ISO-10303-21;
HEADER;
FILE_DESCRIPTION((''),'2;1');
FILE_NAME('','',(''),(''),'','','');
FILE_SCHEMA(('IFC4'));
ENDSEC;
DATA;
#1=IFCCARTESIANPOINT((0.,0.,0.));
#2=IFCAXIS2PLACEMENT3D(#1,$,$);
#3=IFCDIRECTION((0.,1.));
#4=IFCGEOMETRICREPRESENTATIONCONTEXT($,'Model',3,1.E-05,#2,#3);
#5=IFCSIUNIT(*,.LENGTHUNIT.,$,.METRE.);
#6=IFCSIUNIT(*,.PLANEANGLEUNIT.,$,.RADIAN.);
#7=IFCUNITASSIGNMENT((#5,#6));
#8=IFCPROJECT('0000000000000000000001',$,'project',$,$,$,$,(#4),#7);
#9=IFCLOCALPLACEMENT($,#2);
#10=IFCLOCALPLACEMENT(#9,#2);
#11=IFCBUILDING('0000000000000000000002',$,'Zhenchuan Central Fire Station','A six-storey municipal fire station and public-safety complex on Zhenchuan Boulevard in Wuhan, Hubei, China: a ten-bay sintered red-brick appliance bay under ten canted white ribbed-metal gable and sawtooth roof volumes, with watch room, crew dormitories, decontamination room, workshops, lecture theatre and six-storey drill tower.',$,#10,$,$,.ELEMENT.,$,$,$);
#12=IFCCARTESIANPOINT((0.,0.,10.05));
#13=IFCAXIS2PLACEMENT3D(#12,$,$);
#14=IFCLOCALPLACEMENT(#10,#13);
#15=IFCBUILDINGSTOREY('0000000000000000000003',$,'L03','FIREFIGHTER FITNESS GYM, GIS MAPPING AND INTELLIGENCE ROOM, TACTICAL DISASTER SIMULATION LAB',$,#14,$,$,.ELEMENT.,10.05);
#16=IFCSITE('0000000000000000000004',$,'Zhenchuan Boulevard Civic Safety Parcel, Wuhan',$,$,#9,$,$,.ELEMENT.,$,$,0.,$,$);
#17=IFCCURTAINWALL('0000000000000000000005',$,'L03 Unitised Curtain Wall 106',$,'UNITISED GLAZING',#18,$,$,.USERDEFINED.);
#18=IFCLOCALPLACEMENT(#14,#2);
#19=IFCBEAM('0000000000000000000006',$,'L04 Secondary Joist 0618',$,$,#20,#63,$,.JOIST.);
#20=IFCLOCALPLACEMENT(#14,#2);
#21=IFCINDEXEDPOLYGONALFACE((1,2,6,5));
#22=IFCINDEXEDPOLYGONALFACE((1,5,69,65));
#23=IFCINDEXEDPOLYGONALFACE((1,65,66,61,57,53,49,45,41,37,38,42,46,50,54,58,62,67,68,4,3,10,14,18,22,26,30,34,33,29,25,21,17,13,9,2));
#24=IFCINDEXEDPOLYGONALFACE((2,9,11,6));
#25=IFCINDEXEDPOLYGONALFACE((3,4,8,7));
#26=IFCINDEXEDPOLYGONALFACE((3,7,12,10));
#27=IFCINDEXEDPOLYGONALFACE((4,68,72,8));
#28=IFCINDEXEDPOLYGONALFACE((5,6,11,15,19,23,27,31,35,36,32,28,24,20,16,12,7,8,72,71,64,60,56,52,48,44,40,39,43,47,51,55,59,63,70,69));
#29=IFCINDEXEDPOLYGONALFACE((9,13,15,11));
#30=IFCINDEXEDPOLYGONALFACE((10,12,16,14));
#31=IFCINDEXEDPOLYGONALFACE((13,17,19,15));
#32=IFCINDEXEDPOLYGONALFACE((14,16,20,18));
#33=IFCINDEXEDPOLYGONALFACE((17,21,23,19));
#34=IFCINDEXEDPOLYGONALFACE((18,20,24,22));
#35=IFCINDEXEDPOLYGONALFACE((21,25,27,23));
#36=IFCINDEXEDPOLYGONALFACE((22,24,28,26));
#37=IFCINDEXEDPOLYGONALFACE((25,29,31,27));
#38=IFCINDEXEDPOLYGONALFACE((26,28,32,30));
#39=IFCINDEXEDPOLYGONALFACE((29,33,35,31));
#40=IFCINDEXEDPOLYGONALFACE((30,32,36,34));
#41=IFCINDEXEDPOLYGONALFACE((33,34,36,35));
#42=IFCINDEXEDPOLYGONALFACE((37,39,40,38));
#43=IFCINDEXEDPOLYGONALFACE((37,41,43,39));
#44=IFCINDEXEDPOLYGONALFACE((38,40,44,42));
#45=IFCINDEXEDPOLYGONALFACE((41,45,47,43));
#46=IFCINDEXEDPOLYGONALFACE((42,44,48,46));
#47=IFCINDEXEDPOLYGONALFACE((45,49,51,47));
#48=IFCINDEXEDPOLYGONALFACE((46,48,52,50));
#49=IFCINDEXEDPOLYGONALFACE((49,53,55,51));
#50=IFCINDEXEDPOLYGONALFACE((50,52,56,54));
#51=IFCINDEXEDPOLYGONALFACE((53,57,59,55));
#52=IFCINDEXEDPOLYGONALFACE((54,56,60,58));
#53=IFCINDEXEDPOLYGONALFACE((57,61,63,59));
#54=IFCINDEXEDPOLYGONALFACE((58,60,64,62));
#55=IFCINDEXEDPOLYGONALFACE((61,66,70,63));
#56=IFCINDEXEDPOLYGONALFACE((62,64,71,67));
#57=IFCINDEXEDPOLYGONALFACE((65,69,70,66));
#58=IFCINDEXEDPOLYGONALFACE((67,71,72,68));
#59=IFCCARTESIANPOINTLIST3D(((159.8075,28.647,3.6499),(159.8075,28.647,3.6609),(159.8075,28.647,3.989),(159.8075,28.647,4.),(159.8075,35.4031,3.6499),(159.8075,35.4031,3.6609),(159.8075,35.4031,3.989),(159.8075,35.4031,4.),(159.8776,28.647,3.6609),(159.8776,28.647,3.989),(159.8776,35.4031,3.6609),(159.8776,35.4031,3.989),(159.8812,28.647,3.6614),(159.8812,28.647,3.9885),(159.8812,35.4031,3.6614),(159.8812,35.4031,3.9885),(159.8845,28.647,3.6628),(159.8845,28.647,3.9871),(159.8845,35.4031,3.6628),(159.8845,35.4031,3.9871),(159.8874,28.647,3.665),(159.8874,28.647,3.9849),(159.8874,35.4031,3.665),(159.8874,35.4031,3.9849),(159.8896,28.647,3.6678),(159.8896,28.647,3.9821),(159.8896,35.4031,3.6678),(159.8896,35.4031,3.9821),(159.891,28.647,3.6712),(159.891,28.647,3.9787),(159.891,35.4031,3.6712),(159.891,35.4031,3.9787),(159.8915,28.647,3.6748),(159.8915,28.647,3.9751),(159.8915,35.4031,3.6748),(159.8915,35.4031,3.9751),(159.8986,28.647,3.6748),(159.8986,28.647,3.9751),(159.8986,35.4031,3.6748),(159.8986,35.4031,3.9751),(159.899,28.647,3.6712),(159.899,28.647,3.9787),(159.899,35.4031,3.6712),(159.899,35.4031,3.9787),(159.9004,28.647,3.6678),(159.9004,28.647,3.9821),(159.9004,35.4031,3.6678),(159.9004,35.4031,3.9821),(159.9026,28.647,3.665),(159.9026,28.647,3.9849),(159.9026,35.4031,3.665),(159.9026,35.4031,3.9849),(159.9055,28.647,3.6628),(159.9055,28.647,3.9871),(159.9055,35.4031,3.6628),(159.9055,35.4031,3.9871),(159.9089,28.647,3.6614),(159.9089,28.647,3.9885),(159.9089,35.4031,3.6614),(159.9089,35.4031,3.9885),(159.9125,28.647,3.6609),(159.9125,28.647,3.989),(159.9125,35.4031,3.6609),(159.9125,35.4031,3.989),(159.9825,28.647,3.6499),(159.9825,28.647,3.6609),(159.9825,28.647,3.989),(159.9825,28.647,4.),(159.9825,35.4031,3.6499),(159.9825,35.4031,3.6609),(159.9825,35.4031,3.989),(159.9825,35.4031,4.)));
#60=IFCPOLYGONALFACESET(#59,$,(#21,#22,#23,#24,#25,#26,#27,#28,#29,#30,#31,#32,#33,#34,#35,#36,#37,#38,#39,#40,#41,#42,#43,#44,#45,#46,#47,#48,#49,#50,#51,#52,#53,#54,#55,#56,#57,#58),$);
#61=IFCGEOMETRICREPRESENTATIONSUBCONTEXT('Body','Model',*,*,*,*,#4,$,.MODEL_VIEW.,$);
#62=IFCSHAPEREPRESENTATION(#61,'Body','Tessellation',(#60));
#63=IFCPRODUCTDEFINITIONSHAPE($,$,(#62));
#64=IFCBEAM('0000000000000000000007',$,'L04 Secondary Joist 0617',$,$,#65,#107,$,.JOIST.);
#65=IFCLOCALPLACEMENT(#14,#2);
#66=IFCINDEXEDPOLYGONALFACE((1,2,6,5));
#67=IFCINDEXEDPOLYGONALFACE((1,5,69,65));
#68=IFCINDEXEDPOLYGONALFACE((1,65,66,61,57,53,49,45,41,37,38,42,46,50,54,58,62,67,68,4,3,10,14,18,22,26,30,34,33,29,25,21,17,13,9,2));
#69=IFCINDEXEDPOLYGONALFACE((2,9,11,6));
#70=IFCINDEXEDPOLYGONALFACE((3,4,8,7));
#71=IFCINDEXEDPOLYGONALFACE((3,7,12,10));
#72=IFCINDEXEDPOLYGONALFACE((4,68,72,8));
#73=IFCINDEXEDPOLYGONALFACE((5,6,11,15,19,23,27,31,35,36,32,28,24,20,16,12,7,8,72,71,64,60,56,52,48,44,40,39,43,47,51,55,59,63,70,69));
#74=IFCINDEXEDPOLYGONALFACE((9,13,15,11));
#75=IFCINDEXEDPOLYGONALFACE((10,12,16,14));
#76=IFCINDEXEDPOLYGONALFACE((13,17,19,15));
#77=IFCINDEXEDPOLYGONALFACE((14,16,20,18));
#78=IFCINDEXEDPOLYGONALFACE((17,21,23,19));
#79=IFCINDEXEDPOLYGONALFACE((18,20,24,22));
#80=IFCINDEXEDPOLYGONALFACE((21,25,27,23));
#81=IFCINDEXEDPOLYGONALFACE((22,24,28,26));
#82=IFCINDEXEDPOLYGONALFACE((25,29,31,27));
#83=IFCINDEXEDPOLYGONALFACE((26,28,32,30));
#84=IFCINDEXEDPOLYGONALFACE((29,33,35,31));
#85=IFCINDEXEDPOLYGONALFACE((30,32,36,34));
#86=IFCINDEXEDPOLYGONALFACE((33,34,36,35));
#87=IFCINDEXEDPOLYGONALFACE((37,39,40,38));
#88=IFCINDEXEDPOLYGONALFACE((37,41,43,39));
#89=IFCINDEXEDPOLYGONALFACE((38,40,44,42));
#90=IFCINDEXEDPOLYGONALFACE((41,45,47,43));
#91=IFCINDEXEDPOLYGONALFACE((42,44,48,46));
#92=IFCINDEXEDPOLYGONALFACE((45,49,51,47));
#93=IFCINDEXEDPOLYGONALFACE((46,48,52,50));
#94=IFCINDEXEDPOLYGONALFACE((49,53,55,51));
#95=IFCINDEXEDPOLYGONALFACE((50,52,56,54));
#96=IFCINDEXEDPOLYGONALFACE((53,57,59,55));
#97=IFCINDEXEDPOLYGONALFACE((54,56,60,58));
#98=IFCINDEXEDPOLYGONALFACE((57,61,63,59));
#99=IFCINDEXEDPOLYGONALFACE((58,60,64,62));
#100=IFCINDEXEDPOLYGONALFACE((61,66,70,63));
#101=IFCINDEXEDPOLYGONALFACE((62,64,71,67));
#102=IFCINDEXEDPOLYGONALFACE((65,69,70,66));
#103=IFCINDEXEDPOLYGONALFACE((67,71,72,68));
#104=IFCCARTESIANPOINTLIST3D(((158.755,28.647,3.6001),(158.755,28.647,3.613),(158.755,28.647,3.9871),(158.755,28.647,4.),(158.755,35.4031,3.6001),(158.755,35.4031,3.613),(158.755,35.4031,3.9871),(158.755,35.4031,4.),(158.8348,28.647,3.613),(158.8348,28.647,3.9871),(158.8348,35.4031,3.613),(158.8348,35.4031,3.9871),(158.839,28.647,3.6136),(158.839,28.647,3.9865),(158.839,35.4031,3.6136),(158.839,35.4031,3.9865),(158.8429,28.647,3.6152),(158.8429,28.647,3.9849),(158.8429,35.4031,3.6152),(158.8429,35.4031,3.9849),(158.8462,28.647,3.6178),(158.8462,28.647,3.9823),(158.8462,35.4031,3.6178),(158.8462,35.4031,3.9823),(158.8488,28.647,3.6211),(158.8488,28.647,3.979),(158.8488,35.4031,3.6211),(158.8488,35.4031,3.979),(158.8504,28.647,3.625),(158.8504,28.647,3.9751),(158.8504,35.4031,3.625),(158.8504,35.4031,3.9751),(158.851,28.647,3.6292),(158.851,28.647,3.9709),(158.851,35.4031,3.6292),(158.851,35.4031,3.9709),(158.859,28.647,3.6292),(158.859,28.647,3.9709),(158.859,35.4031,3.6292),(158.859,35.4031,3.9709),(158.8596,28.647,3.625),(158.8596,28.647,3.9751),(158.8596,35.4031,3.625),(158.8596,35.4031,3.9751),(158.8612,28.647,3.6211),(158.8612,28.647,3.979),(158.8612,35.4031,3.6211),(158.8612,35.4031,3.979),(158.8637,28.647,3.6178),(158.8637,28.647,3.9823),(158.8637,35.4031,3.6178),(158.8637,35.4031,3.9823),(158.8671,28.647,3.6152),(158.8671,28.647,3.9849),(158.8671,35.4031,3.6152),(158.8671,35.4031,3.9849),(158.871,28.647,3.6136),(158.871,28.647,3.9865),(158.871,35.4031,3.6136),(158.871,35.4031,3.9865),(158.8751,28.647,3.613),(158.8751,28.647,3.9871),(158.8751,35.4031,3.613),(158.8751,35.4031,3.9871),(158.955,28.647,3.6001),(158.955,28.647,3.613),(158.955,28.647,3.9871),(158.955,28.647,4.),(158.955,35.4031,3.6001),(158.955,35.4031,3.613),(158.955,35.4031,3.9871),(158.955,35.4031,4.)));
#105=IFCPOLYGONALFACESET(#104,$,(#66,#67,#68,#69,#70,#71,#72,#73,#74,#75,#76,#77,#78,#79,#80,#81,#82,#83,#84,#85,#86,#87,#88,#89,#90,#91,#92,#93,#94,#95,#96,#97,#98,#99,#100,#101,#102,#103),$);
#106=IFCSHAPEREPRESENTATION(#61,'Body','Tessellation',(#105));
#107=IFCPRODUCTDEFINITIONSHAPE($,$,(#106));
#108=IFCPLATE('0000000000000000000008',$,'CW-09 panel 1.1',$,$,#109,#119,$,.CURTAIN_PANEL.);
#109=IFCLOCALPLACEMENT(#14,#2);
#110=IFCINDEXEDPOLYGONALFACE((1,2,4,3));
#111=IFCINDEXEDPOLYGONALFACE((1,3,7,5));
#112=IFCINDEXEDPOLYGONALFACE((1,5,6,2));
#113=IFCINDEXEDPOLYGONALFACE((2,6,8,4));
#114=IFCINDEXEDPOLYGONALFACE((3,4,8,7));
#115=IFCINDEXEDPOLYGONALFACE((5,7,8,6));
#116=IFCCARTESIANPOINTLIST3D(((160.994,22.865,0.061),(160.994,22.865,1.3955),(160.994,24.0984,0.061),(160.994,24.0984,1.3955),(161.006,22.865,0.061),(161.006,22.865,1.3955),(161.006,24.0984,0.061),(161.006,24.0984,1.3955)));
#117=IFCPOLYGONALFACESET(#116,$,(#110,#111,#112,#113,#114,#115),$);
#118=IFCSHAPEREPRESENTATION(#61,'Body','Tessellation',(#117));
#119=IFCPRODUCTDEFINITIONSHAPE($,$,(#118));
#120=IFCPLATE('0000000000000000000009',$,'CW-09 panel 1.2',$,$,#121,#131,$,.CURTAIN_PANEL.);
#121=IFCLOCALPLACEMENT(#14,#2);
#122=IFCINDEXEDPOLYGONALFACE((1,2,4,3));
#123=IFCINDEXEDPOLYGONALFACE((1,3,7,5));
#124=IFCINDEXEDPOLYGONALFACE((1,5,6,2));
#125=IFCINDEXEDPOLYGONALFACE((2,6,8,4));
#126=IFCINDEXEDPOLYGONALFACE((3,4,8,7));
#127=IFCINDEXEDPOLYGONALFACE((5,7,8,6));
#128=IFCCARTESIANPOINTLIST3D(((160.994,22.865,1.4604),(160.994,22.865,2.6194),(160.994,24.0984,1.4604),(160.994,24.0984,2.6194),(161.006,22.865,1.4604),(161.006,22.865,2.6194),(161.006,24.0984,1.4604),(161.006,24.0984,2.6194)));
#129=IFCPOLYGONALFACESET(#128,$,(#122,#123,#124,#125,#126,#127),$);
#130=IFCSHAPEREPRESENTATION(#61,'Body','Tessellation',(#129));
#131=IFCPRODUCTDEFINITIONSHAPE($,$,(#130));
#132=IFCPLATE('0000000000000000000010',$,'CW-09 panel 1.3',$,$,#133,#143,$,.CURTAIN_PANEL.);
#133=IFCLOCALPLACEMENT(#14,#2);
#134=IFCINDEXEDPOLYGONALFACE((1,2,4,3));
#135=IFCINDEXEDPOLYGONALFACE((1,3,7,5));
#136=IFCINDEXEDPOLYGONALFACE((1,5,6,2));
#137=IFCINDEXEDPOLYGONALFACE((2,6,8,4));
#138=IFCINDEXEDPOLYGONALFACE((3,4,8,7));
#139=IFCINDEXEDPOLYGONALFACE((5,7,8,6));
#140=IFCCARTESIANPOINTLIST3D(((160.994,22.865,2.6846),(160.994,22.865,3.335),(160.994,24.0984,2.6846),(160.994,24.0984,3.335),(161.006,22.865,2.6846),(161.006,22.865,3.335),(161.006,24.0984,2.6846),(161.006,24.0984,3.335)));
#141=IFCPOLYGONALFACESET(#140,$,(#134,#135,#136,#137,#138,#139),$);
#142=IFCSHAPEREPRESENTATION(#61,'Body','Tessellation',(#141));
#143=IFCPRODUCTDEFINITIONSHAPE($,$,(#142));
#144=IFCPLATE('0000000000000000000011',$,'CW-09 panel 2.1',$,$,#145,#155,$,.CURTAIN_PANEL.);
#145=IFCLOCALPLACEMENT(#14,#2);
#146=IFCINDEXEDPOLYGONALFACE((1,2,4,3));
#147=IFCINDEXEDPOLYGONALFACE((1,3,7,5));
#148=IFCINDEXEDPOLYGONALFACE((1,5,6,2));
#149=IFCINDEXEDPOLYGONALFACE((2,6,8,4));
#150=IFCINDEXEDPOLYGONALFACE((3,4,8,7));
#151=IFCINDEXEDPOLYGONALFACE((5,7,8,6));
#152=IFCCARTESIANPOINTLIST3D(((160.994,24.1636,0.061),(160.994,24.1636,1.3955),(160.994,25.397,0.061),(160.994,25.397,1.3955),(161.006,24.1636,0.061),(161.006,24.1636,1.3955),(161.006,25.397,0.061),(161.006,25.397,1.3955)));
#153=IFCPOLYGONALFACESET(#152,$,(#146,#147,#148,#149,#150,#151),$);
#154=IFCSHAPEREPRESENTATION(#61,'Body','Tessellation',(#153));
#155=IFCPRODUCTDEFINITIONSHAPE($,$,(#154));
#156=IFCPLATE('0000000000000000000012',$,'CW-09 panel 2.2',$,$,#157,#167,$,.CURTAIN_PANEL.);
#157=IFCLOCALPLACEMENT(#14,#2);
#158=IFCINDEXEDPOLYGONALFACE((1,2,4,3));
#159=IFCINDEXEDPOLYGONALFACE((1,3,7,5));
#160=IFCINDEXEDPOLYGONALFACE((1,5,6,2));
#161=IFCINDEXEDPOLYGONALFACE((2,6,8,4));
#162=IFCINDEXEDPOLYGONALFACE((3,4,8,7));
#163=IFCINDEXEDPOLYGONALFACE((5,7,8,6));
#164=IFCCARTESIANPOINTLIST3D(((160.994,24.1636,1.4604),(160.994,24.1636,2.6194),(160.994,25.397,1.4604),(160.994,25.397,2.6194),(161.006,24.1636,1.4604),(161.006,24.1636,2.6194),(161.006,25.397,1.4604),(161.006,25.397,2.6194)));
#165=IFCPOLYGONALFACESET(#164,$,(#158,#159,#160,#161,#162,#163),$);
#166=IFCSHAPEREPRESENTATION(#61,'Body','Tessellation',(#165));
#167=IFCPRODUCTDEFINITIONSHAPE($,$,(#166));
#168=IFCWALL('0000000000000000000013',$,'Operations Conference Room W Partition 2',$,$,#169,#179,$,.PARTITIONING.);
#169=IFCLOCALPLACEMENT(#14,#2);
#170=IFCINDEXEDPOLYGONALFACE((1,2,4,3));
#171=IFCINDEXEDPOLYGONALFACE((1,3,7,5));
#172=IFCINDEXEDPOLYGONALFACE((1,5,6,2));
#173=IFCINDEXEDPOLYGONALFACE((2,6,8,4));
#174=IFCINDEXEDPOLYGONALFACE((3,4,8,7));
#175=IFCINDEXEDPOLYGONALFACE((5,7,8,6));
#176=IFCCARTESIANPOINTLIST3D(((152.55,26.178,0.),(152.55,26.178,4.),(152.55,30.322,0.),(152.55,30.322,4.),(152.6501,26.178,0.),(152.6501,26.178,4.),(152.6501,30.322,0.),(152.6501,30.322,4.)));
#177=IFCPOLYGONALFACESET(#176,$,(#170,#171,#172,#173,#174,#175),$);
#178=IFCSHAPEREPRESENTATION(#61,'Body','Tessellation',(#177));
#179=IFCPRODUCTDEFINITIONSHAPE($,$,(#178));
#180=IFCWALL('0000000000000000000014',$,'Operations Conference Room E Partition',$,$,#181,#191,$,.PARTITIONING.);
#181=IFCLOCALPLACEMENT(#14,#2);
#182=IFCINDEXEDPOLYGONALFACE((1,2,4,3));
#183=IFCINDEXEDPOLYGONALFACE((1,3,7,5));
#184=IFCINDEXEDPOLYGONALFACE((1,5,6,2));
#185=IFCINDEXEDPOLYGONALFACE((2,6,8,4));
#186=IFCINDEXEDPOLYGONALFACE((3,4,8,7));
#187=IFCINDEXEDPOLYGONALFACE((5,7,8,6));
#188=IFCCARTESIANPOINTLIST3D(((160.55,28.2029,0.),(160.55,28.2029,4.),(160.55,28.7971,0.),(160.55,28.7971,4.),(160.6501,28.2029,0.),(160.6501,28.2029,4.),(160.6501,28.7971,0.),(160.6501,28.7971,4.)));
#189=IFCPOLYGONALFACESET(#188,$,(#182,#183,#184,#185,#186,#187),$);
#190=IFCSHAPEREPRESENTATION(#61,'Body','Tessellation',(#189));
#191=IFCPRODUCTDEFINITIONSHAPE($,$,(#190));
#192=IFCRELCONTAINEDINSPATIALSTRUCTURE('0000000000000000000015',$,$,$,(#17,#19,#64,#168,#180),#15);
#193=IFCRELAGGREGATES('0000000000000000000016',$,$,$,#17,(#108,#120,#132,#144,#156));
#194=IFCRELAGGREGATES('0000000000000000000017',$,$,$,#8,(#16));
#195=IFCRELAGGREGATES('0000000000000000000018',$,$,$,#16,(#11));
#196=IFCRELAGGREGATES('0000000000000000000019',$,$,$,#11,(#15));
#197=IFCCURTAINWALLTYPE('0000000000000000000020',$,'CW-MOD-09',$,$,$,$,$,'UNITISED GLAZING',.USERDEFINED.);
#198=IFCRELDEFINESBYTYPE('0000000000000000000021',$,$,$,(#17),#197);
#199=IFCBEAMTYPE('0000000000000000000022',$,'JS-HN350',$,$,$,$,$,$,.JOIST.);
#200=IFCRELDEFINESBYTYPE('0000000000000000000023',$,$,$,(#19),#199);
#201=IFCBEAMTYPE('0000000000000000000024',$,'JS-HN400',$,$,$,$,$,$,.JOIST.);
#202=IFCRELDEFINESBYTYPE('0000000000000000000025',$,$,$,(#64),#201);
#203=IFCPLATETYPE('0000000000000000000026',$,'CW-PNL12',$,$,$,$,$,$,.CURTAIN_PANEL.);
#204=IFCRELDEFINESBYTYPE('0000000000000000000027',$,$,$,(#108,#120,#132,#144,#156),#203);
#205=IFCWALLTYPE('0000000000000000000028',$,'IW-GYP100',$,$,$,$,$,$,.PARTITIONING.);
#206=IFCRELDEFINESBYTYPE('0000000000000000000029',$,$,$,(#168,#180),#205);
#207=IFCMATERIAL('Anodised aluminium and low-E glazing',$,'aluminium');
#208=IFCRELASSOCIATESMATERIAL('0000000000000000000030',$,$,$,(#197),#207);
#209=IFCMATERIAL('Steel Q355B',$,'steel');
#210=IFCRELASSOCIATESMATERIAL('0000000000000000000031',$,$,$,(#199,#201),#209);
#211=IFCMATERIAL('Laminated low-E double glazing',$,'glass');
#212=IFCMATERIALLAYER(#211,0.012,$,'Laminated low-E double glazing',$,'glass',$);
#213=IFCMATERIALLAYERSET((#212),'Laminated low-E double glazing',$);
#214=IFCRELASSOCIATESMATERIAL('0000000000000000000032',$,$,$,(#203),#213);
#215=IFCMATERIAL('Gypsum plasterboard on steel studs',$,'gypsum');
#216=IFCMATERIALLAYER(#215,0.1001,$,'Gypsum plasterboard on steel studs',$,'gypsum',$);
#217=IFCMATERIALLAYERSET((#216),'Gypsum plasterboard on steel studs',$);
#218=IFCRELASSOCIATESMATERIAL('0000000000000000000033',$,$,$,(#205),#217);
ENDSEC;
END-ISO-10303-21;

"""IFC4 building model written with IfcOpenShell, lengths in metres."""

from ifc_helpers import new_model, si_unit, direction, frame, frame_2d, origin, origin_2d, place, context, subcontext, project, spatial, rectangle, i_section, extrude, material, layer, layer_set, material_profile, profile_set, type_object, element, aggregate, save


model = new_model("IFC4")

# Units and contexts
model_context = context("Model", 3, precision=1e-05, world=origin(), true_north=direction((0.0, 1.0)))
body_context = subcontext(model_context, "Body", "Model", "MODEL_VIEW")
ifc_project = project(units=[si_unit("LENGTHUNIT", "METRE"), si_unit("PLANEANGLEUNIT", "RADIAN")], contexts=[model_context])

# Site, building, storey
site_placement = place(None, origin())
site = spatial("IfcSite", under=ifc_project, at=site_placement, Name="Zhenchuan Boulevard Civic Safety Parcel, Wuhan", CompositionType="ELEMENT", RefElevation=0.0)
building_placement = place(site_placement, origin())
building = spatial("IfcBuilding", under=site, at=building_placement, Name="Zhenchuan Central Fire Station", Description="A six-storey municipal fire station and public-safety complex on Zhenchuan Boulevard in Wuhan, Hubei, China: a ten-bay sintered red-brick appliance bay under ten canted white ribbed-metal gable and sawtooth roof volumes, with watch room, crew dormitories, decontamination room, workshops, lecture theatre and six-storey drill tower.", CompositionType="ELEMENT")
storey_placement = place(building_placement, frame((0.0, 0.0, 10.05)))
storey = spatial("IfcBuildingStorey", under=building, at=storey_placement, Name="L03", Description="FIREFIGHTER FITNESS GYM, GIS MAPPING AND INTELLIGENCE ROOM, TACTICAL DISASTER SIMULATION LAB", CompositionType="ELEMENT", Elevation=10.05)

# Shared definitions
ifc_material_1 = material(Name="Steel Q355B", Category="steel")

# Curtain wall
ifc_material_2 = material(Name="Anodised aluminium and low-E glazing", Category="aluminium")
curtain_wall_type = type_object("IfcCurtainWallType", Name="CW-MOD-09", ElementType="UNITISED GLAZING", PredefinedType="USERDEFINED", material=ifc_material_2)
curtain_wall_placement = place(storey_placement, origin())
curtain_wall = element("IfcCurtainWall", 1, at=curtain_wall_placement, inside=storey, type_object=curtain_wall_type, Name="L03 Unitised Curtain Wall 106", ObjectType="UNITISED GLAZING", PredefinedType="USERDEFINED")

# Beams
ifc_material_profile_1 = material_profile(ifc_material_1, i_section(OverallWidth=0.175, OverallDepth=0.3501, WebThickness=0.0071, FlangeThickness=0.011, FilletRadius=0.0139, at=origin_2d()), Name="HN 350x175")
ifc_profile_set_1 = profile_set([ifc_material_profile_1], Name="Steel Q355B")
beam_type_1 = type_object("IfcBeamType", Name="JS-HN350", PredefinedType="JOIST", material=ifc_profile_set_1)
beam_1_placement = place(storey_placement, frame((159.895, 28.647, 3.825), z_axis=(0.0, 1.0, 0.0), x_axis=(-1.0, 0.0, 0.0)))
element("IfcBeam", 2, at=beam_1_placement, inside=storey, type_object=beam_type_1, Name="L04 Secondary Joist 0618", PredefinedType="JOIST", context=body_context, shape_type="SweptSolid", body=[
    extrude(i_section(OverallWidth=0.175, OverallDepth=0.3501, WebThickness=0.0071, FlangeThickness=0.011, FilletRadius=0.0139, at=origin_2d()), origin(), (0.0, 0.0, 1.0), 6.7561),
])
ifc_material_profile_2 = material_profile(ifc_material_1, i_section(OverallWidth=0.2, OverallDepth=0.3999, WebThickness=0.0081, FlangeThickness=0.0129, FilletRadius=0.0161, at=origin_2d()), Name="HN 400x200")
ifc_profile_set_2 = profile_set([ifc_material_profile_2], Name="Steel Q355B")
beam_type_2 = type_object("IfcBeamType", Name="JS-HN400", PredefinedType="JOIST", material=ifc_profile_set_2)
beam_2_placement = place(storey_placement, frame((158.855, 28.647, 3.8), z_axis=(0.0, 1.0, 0.0), x_axis=(-1.0, 0.0, 0.0)))
element("IfcBeam", 3, at=beam_2_placement, inside=storey, type_object=beam_type_2, Name="L04 Secondary Joist 0617", PredefinedType="JOIST", context=body_context, shape_type="SweptSolid", body=[
    extrude(i_section(OverallWidth=0.2, OverallDepth=0.3999, WebThickness=0.0081, FlangeThickness=0.0129, FilletRadius=0.0161, at=origin_2d()), origin(), (0.0, 0.0, 1.0), 6.7561),
])

# Plates
ifc_material_3 = material(Name="Laminated low-E double glazing", Category="glass")
ifc_layer_1 = layer(ifc_material_3, 0.012, Name="Laminated low-E double glazing", Category="glass")
ifc_layer_set_1 = layer_set([ifc_layer_1], Name="Laminated low-E double glazing")
plate_type = type_object("IfcPlateType", Name="CW-PNL12", PredefinedType="CURTAIN_PANEL", material=ifc_layer_set_1)
plate_1_placement = place(storey_placement, frame((161.0, 23.4817, 0.061), z_axis=(0.0, 0.0, 1.0), x_axis=(0.0, 1.0, 0.0)))
plate_1 = element("IfcPlate", 4, at=plate_1_placement, type_object=plate_type, Name="CW-09 panel 1.1", PredefinedType="CURTAIN_PANEL", context=body_context, shape_type="SweptSolid", body=[
    extrude(rectangle(XDim=1.2334, YDim=0.012, at=origin_2d()), origin(), (0.0, 0.0, 1.0), 1.3345),
])
plate_2_placement = place(storey_placement, frame((161.0, 23.4817, 1.4604), z_axis=(0.0, 0.0, 1.0), x_axis=(0.0, 1.0, 0.0)))
plate_2 = element("IfcPlate", 5, at=plate_2_placement, type_object=plate_type, Name="CW-09 panel 1.2", PredefinedType="CURTAIN_PANEL", context=body_context, shape_type="SweptSolid", body=[
    extrude(rectangle(XDim=1.2334, YDim=0.012, at=origin_2d()), origin(), (0.0, 0.0, 1.0), 1.1589),
])
plate_3_placement = place(storey_placement, frame((161.0, 23.4817, 2.6846), z_axis=(0.0, 0.0, 1.0), x_axis=(0.0, 1.0, 0.0)))
plate_3 = element("IfcPlate", 6, at=plate_3_placement, type_object=plate_type, Name="CW-09 panel 1.3", PredefinedType="CURTAIN_PANEL", context=body_context, shape_type="SweptSolid", body=[
    extrude(rectangle(XDim=1.2334, YDim=0.012, at=origin_2d()), origin(), (0.0, 0.0, 1.0), 0.6504),
])
plate_4_placement = place(storey_placement, frame((161.0, 24.7803, 0.061), z_axis=(0.0, 0.0, 1.0), x_axis=(0.0, 1.0, 0.0)))
plate_4 = element("IfcPlate", 7, at=plate_4_placement, type_object=plate_type, Name="CW-09 panel 2.1", PredefinedType="CURTAIN_PANEL", context=body_context, shape_type="SweptSolid", body=[
    extrude(rectangle(XDim=1.2334, YDim=0.012, at=origin_2d()), origin(), (0.0, 0.0, 1.0), 1.3345),
])
plate_5_placement = place(storey_placement, frame((161.0, 24.7803, 1.4604), z_axis=(0.0, 0.0, 1.0), x_axis=(0.0, 1.0, 0.0)))
plate_5 = element("IfcPlate", 8, at=plate_5_placement, type_object=plate_type, Name="CW-09 panel 2.2", PredefinedType="CURTAIN_PANEL", context=body_context, shape_type="SweptSolid", body=[
    extrude(rectangle(XDim=1.2334, YDim=0.012, at=origin_2d()), origin(), (0.0, 0.0, 1.0), 1.1589),
])
aggregate(curtain_wall, [plate_1, plate_2, plate_3, plate_4, plate_5])

# Walls
ifc_material_4 = material(Name="Gypsum plasterboard on steel studs", Category="gypsum")
ifc_layer_2 = layer(ifc_material_4, 0.1001, Name="Gypsum plasterboard on steel studs", Category="gypsum")
ifc_layer_set_2 = layer_set([ifc_layer_2], Name="Gypsum plasterboard on steel studs")
wall_type_1 = type_object("IfcWallType", Name="IW-GYP100", PredefinedType="PARTITIONING", material=ifc_layer_set_2)
wall_1_placement = place(storey_placement, frame((152.6001, 26.178, 0.0), z_axis=(0.0, 0.0, 1.0), x_axis=(0.0, 1.0, 0.0)))
element("IfcWall", 9, at=wall_1_placement, inside=storey, type_object=wall_type_1, Name="Operations Conference Room W Partition 2", PredefinedType="PARTITIONING", context=body_context, shape_type="SweptSolid", body=[
    extrude(rectangle(XDim=4.144, YDim=0.1001, at=frame_2d((2.072, 0.0))), origin(), (0.0, 0.0, 1.0), 4.0),
])
wall_2_placement = place(storey_placement, frame((160.6001, 28.2029, 0.0), z_axis=(0.0, 0.0, 1.0), x_axis=(0.0, 1.0, 0.0)))
element("IfcWall", 10, at=wall_2_placement, inside=storey, type_object=wall_type_1, Name="Operations Conference Room E Partition", PredefinedType="PARTITIONING", context=body_context, shape_type="SweptSolid", body=[
    extrude(rectangle(XDim=0.5942, YDim=0.1001, at=frame_2d((0.2971, 0.0))), origin(), (0.0, 0.0, 1.0), 4.0),
])

save(model, "model.ifc")
